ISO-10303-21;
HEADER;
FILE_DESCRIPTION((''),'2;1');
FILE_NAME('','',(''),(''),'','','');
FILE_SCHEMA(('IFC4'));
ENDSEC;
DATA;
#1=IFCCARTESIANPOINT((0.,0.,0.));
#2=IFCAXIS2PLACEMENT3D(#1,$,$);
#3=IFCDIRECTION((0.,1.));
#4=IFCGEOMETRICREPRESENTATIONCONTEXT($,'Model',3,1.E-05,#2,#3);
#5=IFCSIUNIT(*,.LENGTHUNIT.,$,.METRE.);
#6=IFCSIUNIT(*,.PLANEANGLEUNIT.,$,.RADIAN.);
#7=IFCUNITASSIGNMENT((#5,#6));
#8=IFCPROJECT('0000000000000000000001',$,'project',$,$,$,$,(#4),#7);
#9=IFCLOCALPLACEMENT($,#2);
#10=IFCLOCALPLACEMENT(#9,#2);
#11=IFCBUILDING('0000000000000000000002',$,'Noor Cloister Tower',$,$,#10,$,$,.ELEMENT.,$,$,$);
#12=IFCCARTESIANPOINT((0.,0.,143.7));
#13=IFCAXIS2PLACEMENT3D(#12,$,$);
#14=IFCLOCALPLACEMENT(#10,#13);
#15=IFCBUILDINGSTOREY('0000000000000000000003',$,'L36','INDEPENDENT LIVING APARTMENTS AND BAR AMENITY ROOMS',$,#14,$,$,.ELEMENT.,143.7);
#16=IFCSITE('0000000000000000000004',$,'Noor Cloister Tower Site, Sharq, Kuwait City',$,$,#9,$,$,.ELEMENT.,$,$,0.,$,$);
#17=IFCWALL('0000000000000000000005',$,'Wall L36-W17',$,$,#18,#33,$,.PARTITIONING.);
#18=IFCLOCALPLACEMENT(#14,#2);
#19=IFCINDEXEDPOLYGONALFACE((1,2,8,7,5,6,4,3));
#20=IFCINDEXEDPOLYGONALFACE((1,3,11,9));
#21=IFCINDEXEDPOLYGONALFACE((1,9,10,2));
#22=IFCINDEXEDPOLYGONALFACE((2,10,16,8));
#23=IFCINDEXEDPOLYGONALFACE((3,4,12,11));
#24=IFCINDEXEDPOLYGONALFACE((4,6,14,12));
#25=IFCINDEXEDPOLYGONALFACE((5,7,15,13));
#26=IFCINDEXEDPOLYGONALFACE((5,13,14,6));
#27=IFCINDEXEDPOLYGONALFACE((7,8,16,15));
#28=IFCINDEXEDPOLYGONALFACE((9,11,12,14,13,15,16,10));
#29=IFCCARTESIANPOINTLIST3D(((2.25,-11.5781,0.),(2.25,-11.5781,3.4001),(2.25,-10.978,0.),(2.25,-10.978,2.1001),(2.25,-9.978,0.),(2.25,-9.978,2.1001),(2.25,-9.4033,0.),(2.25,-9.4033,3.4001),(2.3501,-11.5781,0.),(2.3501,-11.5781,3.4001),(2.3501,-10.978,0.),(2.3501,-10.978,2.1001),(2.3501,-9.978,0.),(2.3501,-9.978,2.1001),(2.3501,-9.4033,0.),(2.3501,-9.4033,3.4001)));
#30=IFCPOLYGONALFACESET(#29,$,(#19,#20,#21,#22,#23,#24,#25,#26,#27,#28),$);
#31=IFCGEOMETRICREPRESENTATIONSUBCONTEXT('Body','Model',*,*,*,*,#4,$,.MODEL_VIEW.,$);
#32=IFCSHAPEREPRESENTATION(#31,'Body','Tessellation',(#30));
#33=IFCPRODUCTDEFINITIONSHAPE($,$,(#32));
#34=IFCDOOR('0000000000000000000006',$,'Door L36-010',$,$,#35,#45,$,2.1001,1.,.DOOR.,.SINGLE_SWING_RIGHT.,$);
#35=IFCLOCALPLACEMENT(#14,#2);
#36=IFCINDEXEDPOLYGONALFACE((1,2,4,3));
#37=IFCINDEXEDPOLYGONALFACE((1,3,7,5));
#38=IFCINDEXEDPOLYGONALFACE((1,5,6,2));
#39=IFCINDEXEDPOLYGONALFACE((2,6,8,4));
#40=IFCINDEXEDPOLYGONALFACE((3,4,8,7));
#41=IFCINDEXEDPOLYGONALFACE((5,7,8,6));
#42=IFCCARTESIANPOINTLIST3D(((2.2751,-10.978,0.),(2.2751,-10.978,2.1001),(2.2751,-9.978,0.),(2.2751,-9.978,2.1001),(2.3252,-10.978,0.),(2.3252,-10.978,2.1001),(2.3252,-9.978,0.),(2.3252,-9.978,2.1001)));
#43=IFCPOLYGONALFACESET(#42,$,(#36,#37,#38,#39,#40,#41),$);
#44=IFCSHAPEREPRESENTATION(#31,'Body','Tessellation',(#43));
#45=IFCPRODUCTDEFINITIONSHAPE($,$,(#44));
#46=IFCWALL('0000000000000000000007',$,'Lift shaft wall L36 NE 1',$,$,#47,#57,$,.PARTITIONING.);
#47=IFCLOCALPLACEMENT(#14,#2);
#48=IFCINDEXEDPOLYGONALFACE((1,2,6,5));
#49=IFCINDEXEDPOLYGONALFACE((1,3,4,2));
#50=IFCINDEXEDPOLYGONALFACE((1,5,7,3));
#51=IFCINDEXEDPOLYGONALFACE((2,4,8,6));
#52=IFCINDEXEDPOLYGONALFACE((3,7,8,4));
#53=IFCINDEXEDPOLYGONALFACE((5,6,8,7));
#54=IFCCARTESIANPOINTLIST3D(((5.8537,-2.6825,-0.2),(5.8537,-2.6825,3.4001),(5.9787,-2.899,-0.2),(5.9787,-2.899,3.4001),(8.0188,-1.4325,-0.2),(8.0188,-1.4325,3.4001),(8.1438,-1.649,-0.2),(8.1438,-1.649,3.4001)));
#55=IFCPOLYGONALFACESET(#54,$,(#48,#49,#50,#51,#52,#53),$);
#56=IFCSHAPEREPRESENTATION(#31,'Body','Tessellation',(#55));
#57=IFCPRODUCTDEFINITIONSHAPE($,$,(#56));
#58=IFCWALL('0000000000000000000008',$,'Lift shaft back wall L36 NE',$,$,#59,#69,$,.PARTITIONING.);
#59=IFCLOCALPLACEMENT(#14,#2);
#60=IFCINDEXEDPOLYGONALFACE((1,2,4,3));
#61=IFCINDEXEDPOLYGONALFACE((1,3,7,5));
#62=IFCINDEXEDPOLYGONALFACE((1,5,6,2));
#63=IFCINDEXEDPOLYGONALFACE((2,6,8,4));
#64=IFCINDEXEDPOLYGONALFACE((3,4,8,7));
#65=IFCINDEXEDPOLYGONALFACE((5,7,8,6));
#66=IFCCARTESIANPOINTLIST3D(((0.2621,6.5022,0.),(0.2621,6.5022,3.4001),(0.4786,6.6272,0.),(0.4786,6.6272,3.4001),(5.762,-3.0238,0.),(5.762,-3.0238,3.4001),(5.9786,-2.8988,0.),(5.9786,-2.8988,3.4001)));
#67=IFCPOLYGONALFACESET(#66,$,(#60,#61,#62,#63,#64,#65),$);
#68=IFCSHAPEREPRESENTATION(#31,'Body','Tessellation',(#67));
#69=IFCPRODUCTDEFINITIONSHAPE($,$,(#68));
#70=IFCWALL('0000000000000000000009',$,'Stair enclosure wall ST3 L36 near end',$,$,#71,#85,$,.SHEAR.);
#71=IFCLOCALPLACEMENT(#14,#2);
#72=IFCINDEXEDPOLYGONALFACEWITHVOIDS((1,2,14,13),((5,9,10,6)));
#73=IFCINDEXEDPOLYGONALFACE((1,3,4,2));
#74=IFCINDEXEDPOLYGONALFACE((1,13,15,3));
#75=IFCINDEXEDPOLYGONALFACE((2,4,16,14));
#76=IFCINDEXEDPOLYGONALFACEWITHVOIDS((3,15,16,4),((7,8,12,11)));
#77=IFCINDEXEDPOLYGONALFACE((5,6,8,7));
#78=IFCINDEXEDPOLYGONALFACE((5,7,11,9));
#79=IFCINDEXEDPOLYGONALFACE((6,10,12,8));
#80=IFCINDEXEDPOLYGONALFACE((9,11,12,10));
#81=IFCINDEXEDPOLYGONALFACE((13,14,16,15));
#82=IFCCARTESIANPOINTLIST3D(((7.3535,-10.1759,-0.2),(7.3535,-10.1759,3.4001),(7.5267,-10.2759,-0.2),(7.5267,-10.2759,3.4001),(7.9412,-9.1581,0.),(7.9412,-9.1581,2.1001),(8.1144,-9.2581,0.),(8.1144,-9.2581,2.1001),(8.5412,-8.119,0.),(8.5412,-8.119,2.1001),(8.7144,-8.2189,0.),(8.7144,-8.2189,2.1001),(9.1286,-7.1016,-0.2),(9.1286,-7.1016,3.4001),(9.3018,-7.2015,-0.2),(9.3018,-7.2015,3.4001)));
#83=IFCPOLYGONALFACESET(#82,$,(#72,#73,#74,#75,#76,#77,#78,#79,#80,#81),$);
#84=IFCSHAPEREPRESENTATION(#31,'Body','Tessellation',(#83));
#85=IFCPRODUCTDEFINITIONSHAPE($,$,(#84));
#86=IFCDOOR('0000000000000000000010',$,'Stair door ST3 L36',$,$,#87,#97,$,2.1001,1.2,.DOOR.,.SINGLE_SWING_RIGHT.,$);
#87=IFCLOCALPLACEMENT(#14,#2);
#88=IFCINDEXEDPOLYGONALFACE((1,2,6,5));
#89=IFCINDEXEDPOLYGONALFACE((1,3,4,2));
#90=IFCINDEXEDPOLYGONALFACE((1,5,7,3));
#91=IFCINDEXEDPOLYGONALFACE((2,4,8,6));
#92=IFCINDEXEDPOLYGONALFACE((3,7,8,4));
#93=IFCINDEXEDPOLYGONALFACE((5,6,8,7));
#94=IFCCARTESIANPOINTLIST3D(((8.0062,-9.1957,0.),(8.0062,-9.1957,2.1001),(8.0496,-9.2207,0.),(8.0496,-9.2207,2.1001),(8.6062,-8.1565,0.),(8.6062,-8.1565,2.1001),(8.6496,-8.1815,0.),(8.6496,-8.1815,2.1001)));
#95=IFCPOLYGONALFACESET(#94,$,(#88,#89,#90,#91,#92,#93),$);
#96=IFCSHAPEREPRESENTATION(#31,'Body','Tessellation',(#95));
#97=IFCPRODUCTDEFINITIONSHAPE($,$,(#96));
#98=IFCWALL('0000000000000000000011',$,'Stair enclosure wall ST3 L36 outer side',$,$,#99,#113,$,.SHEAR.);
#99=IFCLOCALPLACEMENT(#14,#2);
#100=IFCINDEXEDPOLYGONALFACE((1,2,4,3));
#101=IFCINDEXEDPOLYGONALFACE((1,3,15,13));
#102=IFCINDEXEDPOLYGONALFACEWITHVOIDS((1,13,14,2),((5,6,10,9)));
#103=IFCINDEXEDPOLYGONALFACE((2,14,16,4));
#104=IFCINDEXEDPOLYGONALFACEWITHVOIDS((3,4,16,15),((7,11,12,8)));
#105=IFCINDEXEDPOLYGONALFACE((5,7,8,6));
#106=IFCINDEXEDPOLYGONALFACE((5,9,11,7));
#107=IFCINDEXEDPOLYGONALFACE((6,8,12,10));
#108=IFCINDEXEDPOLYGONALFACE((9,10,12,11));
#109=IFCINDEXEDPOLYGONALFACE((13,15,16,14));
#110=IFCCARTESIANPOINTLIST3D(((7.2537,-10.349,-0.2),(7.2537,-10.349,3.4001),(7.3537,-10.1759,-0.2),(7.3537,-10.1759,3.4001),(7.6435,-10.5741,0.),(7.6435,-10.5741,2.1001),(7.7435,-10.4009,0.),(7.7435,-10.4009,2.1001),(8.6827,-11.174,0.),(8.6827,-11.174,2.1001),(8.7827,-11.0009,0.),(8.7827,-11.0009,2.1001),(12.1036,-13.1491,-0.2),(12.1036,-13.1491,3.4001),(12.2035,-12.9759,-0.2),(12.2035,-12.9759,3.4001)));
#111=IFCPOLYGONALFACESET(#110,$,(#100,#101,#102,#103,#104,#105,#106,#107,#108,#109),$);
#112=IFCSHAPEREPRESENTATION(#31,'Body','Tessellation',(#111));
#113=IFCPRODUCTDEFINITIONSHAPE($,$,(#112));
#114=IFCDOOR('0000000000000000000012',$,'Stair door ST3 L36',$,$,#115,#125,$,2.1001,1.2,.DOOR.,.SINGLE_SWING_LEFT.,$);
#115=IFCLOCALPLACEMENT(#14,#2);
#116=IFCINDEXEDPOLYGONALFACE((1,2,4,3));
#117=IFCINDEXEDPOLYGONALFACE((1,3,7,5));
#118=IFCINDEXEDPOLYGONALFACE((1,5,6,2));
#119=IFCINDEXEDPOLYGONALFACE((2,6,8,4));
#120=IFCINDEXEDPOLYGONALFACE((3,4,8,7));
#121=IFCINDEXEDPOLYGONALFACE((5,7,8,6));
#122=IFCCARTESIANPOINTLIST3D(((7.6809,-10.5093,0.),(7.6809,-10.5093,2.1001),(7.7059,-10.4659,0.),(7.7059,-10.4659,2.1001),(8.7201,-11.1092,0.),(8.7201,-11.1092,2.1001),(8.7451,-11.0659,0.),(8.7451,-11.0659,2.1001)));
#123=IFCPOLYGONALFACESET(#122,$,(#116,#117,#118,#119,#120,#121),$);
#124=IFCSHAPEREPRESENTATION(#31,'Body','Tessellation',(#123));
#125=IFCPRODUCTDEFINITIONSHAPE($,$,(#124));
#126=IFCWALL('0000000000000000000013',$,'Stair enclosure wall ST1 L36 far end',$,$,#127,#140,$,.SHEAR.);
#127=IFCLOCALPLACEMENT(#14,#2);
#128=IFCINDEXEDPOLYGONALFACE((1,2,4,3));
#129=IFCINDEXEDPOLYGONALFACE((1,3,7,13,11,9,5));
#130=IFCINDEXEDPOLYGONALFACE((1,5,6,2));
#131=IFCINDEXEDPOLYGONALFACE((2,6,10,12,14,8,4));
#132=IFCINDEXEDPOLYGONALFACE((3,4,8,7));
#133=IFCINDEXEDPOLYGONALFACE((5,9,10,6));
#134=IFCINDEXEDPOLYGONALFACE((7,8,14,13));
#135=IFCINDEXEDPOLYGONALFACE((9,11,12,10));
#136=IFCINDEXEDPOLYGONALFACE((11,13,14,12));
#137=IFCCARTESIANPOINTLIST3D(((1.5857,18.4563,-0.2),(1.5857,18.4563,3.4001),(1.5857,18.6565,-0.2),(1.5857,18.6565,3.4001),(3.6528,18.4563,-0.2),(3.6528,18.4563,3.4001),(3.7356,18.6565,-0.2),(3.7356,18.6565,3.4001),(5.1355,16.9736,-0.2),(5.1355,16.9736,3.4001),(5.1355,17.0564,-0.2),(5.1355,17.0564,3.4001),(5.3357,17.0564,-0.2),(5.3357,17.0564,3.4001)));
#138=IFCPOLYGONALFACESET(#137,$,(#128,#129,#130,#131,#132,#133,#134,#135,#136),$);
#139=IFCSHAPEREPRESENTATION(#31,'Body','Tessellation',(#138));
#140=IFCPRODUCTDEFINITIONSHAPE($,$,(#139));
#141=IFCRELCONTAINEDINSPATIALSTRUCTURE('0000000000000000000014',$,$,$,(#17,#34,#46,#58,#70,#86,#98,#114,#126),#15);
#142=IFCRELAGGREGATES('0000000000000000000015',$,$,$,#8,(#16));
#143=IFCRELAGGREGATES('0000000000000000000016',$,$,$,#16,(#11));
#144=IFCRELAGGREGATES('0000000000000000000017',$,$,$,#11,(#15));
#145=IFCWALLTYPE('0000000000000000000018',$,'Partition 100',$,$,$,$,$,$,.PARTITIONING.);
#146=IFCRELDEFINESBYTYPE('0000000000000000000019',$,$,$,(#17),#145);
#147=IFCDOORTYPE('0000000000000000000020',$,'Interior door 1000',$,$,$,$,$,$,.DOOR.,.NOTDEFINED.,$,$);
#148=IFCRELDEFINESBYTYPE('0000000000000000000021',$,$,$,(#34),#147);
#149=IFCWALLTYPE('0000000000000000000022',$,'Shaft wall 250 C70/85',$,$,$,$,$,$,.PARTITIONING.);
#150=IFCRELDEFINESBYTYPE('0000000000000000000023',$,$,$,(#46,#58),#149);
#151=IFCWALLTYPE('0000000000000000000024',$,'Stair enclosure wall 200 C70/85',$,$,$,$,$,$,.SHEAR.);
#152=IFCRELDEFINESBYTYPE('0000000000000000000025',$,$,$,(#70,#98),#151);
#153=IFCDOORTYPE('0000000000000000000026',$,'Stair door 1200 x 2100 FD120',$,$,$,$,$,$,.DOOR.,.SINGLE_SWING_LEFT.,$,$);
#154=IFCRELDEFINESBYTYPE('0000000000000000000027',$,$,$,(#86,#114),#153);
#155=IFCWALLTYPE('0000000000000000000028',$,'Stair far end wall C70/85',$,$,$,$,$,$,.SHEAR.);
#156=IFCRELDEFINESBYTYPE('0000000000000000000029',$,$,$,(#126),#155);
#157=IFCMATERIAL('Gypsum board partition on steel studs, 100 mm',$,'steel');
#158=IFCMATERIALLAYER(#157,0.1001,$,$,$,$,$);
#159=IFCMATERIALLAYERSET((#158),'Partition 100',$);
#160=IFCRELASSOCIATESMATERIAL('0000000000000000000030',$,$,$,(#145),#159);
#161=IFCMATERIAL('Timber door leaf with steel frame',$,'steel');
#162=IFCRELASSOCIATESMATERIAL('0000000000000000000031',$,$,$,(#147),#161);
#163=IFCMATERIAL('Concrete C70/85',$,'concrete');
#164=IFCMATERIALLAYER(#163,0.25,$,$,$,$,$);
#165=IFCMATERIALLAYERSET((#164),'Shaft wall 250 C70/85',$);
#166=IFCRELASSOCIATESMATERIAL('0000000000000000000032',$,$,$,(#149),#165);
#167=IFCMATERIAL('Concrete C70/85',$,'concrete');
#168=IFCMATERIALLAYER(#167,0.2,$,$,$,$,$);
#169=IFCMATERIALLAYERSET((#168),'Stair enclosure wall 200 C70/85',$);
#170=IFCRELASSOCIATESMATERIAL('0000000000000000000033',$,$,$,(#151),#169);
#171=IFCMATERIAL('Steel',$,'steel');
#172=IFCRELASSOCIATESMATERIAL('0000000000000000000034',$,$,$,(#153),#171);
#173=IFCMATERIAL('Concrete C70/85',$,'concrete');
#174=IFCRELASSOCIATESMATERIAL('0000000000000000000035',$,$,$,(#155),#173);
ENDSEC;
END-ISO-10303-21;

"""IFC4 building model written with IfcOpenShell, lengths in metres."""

from ifc_helpers import new_model, si_unit, direction, frame, frame_2d, origin, place, context, subcontext, project, spatial, polyline, rectangle, outline, extrude, material, layer, layer_set, type_object, element, fill, save


model = new_model("IFC4")

# Units and contexts
model_context = context("Model", 3, precision=1e-05, world=origin(), true_north=direction((0.0, 1.0)))
body_context = subcontext(model_context, "Body", "Model", "MODEL_VIEW")
ifc_project = project(units=[si_unit("LENGTHUNIT", "METRE"), si_unit("PLANEANGLEUNIT", "RADIAN")], contexts=[model_context])

# Site, building, storey
site_placement = place(None, origin())
site = spatial("IfcSite", under=ifc_project, at=site_placement, Name="Noor Cloister Tower Site, Sharq, Kuwait City", CompositionType="ELEMENT", RefElevation=0.0)
building_placement = place(site_placement, origin())
building = spatial("IfcBuilding", under=site, at=building_placement, Name="Noor Cloister Tower", CompositionType="ELEMENT")
storey_placement = place(building_placement, frame((0.0, 0.0, 143.7)))
storey = spatial("IfcBuildingStorey", under=building, at=storey_placement, Name="L36", Description="INDEPENDENT LIVING APARTMENTS AND BAR AMENITY ROOMS", CompositionType="ELEMENT", Elevation=143.7)

# Shared definitions
ifc_material_1 = material(Name="Gypsum board partition on steel studs, 100 mm", Category="steel")
ifc_layer_1 = layer(ifc_material_1, 0.1001)
ifc_layer_set_1 = layer_set([ifc_layer_1], Name="Partition 100")
wall_type_1 = type_object("IfcWallType", Name="Partition 100", PredefinedType="PARTITIONING", material=ifc_layer_set_1)

# Wall, opening, door
wall_1_placement = place(storey_placement, frame((2.3, -11.5781, 0.0), z_axis=(0.0, 0.0, 1.0), x_axis=(0.0, 1.0, 0.0)))
wall_1 = element("IfcWall", 1, at=wall_1_placement, inside=storey, type_object=wall_type_1, Name="Wall L36-W17", PredefinedType="PARTITIONING", context=body_context, shape_type="SweptSolid", body=[
    extrude(rectangle(XDim=2.1748, YDim=0.1001, at=frame_2d((1.0874, 0.0))), origin(), (0.0, 0.0, 1.0), 3.4001),
])
opening_1_placement = place(wall_1_placement, frame((0.6001, 0.0, 0.0)))
opening_1 = element("IfcOpeningElement", 2, at=opening_1_placement, cuts=wall_1, PredefinedType="OPENING", context=body_context, shape_type="SweptSolid", body=[
    extrude(rectangle(XDim=1.0, YDim=2.1001, at=frame_2d((0.5, 1.05))), frame((0.0, 0.0601, 0.0), z_axis=(0.0, -1.0, 0.0), x_axis=(1.0, 0.0, 0.0)), (0.0, 0.0, 1.0), 0.1201),
])
ifc_material_2 = material(Name="Timber door leaf with steel frame", Category="steel")
door_type_1 = type_object("IfcDoorType", Name="Interior door 1000", OperationType="NOTDEFINED", PredefinedType="DOOR", material=ifc_material_2)
door_1_placement = place(opening_1_placement, origin())
door_1 = element("IfcDoor", 3, at=door_1_placement, inside=storey, type_object=door_type_1, Name="Door L36-010", OperationType="SINGLE_SWING_RIGHT", OverallHeight=2.1001, OverallWidth=1.0, PredefinedType="DOOR", context=body_context, shape_type="SweptSolid", body=[
    extrude(rectangle(XDim=1.0, YDim=2.1001, at=frame_2d((0.5, 1.05))), frame((0.0, 0.0249, 0.0), z_axis=(0.0, -1.0, 0.0), x_axis=(1.0, 0.0, 0.0)), (0.0, 0.0, 1.0), 0.05),
])
fill(opening_1, door_1)

# Walls
ifc_material_3 = material(Name="Concrete C70/85", Category="concrete")
ifc_layer_2 = layer(ifc_material_3, 0.25)
ifc_layer_set_2 = layer_set([ifc_layer_2], Name="Shaft wall 250 C70/85")
wall_type_2 = type_object("IfcWallType", Name="Shaft wall 250 C70/85", PredefinedType="PARTITIONING", material=ifc_layer_set_2)
wall_2_placement = place(storey_placement, frame((8.0813, -1.5408, -0.2), z_axis=(0.0, 0.0, 1.0), x_axis=(-0.866023, -0.500004, 0.0)))
element("IfcWall", 4, at=wall_2_placement, inside=storey, type_object=wall_type_2, Name="Lift shaft wall L36 NE 1", PredefinedType="PARTITIONING", context=body_context, shape_type="SweptSolid", body=[
    extrude(rectangle(XDim=2.5, YDim=0.25, at=frame_2d((1.25, 0.0))), origin(), (0.0, 0.0, 1.0), 3.6001),
])
wall_3_placement = place(storey_placement, frame((5.8704, -2.9614, 0.0), z_axis=(0.0, 0.0, 1.0), x_axis=(-0.500006, 0.866022, 0.0)))
element("IfcWall", 5, at=wall_3_placement, inside=storey, type_object=wall_type_2, Name="Lift shaft back wall L36 NE", PredefinedType="PARTITIONING", context=body_context, shape_type="SweptSolid", body=[
    extrude(rectangle(XDim=10.9998, YDim=0.25, at=frame_2d((5.5, 0.0))), origin(), (0.0, 0.0, 1.0), 3.4001),
])

# Walls, openings, doors
ifc_material_4 = material(Name="Concrete C70/85", Category="concrete")
ifc_layer_3 = layer(ifc_material_4, 0.2)
ifc_layer_set_3 = layer_set([ifc_layer_3], Name="Stair enclosure wall 200 C70/85")
wall_type_3 = type_object("IfcWallType", Name="Stair enclosure wall 200 C70/85", PredefinedType="SHEAR", material=ifc_layer_set_3)
wall_4_placement = place(storey_placement, frame((7.4402, -10.2258, -0.2), z_axis=(0.0, 0.0, 1.0), x_axis=(0.500022, 0.866013, 0.0)))
wall_4 = element("IfcWall", 6, at=wall_4_placement, inside=storey, type_object=wall_type_3, Name="Stair enclosure wall ST3 L36 near end", PredefinedType="SHEAR", context=body_context, shape_type="SweptSolid", body=[
    extrude(rectangle(XDim=3.55, YDim=0.2, at=frame_2d((1.7749, 0.0))), origin(), (0.0, 0.0, 1.0), 3.6001),
])
opening_2_placement = place(wall_4_placement, frame((1.175, 0.0, 0.2)))
opening_2 = element("IfcOpeningElement", 7, at=opening_2_placement, cuts=wall_4, PredefinedType="OPENING", context=body_context, shape_type="SweptSolid", body=[
    extrude(rectangle(XDim=1.2, YDim=2.1001, at=frame_2d((0.6001, 1.05))), frame((0.0, 0.1099, 0.0), z_axis=(0.0, -1.0, 0.0), x_axis=(1.0, 0.0, 0.0)), (0.0, 0.0, 1.0), 0.22),
])
ifc_material_5 = material(Name="Steel", Category="steel")
door_type_2 = type_object("IfcDoorType", Name="Stair door 1200 x 2100 FD120", OperationType="SINGLE_SWING_LEFT", PredefinedType="DOOR", material=ifc_material_5)
door_2_placement = place(opening_2_placement, origin())
door_2 = element("IfcDoor", 8, at=door_2_placement, inside=storey, type_object=door_type_2, Name="Stair door ST3 L36", OperationType="SINGLE_SWING_RIGHT", OverallHeight=2.1001, OverallWidth=1.2, PredefinedType="DOOR", context=body_context, shape_type="SweptSolid", body=[
    extrude(rectangle(XDim=1.2, YDim=2.1001, at=frame_2d((0.6001, 1.05))), frame((0.0, 0.0249, 0.0), z_axis=(0.0, -1.0, 0.0), x_axis=(1.0, 0.0, 0.0)), (0.0, 0.0, 1.0), 0.05),
])
fill(opening_2, door_2)
wall_5_placement = place(storey_placement, frame((7.3037, -10.2625, -0.2), z_axis=(0.0, 0.0, 1.0), x_axis=(0.866027, -0.499998, 0.0)))
wall_5 = element("IfcWall", 9, at=wall_5_placement, inside=storey, type_object=wall_type_3, Name="Stair enclosure wall ST3 L36 outer side", PredefinedType="SHEAR", context=body_context, shape_type="SweptSolid", body=[
    extrude(rectangle(XDim=5.6001, YDim=0.2, at=frame_2d((2.8, 0.0))), origin(), (0.0, 0.0, 1.0), 3.6001),
])
opening_3_placement = place(wall_5_placement, frame((0.45, 0.0, 0.2)))
opening_3 = element("IfcOpeningElement", 10, at=opening_3_placement, cuts=wall_5, PredefinedType="OPENING", context=body_context, shape_type="SweptSolid", body=[
    extrude(rectangle(XDim=1.2, YDim=2.1001, at=frame_2d((0.6001, 1.05))), frame((0.0, 0.1099, 0.0), z_axis=(0.0, -1.0, 0.0), x_axis=(1.0, 0.0, 0.0)), (0.0, 0.0, 1.0), 0.22),
])
door_3_placement = place(opening_3_placement, origin())
door_3 = element("IfcDoor", 11, at=door_3_placement, inside=storey, type_object=door_type_2, Name="Stair door ST3 L36", OperationType="SINGLE_SWING_LEFT", OverallHeight=2.1001, OverallWidth=1.2, PredefinedType="DOOR", context=body_context, shape_type="SweptSolid", body=[
    extrude(rectangle(XDim=1.2, YDim=2.1001, at=frame_2d((0.6001, 1.05))), frame((0.0, 0.0249, 0.0), z_axis=(0.0, -1.0, 0.0), x_axis=(1.0, 0.0, 0.0)), (0.0, 0.0, 1.0), 0.05),
])
fill(opening_3, door_3)

# Wall
ifc_material_6 = material(Name="Concrete C70/85", Category="concrete")
wall_type_4 = type_object("IfcWallType", Name="Stair far end wall C70/85", PredefinedType="SHEAR", material=ifc_material_6)
wall_6_placement = place(storey_placement, frame((0.0, 0.0, -0.2)))
element("IfcWall", 12, at=wall_6_placement, inside=storey, type_object=wall_type_4, Name="Stair enclosure wall ST1 L36 far end", PredefinedType="SHEAR", context=body_context, shape_type="SweptSolid", body=[
    extrude(outline(polyline([(5.3357, 17.0564), (3.7356, 18.6565), (1.5857, 18.6565), (1.5857, 18.4563), (3.6528, 18.4563), (5.1355, 16.9736), (5.1355, 17.0564), (5.1355, 17.0564), (5.1355, 17.0564), (5.1355, 17.0564), (5.1355, 17.0564), (5.1355, 17.0564), (5.1355, 17.0564), (5.1355, 17.0564), (5.1355, 17.0564), (5.1355, 17.0564), (5.1355, 17.0564), (5.1355, 17.0564), (5.1355, 17.0564), (5.1355, 17.0564), (5.1355, 17.0564), (5.1355, 17.0564), (5.1355, 17.0564), (5.3357, 17.0564)])), origin(), (0.0, 0.0, 1.0), 3.6001),
])

save(model, "model.ifc")
